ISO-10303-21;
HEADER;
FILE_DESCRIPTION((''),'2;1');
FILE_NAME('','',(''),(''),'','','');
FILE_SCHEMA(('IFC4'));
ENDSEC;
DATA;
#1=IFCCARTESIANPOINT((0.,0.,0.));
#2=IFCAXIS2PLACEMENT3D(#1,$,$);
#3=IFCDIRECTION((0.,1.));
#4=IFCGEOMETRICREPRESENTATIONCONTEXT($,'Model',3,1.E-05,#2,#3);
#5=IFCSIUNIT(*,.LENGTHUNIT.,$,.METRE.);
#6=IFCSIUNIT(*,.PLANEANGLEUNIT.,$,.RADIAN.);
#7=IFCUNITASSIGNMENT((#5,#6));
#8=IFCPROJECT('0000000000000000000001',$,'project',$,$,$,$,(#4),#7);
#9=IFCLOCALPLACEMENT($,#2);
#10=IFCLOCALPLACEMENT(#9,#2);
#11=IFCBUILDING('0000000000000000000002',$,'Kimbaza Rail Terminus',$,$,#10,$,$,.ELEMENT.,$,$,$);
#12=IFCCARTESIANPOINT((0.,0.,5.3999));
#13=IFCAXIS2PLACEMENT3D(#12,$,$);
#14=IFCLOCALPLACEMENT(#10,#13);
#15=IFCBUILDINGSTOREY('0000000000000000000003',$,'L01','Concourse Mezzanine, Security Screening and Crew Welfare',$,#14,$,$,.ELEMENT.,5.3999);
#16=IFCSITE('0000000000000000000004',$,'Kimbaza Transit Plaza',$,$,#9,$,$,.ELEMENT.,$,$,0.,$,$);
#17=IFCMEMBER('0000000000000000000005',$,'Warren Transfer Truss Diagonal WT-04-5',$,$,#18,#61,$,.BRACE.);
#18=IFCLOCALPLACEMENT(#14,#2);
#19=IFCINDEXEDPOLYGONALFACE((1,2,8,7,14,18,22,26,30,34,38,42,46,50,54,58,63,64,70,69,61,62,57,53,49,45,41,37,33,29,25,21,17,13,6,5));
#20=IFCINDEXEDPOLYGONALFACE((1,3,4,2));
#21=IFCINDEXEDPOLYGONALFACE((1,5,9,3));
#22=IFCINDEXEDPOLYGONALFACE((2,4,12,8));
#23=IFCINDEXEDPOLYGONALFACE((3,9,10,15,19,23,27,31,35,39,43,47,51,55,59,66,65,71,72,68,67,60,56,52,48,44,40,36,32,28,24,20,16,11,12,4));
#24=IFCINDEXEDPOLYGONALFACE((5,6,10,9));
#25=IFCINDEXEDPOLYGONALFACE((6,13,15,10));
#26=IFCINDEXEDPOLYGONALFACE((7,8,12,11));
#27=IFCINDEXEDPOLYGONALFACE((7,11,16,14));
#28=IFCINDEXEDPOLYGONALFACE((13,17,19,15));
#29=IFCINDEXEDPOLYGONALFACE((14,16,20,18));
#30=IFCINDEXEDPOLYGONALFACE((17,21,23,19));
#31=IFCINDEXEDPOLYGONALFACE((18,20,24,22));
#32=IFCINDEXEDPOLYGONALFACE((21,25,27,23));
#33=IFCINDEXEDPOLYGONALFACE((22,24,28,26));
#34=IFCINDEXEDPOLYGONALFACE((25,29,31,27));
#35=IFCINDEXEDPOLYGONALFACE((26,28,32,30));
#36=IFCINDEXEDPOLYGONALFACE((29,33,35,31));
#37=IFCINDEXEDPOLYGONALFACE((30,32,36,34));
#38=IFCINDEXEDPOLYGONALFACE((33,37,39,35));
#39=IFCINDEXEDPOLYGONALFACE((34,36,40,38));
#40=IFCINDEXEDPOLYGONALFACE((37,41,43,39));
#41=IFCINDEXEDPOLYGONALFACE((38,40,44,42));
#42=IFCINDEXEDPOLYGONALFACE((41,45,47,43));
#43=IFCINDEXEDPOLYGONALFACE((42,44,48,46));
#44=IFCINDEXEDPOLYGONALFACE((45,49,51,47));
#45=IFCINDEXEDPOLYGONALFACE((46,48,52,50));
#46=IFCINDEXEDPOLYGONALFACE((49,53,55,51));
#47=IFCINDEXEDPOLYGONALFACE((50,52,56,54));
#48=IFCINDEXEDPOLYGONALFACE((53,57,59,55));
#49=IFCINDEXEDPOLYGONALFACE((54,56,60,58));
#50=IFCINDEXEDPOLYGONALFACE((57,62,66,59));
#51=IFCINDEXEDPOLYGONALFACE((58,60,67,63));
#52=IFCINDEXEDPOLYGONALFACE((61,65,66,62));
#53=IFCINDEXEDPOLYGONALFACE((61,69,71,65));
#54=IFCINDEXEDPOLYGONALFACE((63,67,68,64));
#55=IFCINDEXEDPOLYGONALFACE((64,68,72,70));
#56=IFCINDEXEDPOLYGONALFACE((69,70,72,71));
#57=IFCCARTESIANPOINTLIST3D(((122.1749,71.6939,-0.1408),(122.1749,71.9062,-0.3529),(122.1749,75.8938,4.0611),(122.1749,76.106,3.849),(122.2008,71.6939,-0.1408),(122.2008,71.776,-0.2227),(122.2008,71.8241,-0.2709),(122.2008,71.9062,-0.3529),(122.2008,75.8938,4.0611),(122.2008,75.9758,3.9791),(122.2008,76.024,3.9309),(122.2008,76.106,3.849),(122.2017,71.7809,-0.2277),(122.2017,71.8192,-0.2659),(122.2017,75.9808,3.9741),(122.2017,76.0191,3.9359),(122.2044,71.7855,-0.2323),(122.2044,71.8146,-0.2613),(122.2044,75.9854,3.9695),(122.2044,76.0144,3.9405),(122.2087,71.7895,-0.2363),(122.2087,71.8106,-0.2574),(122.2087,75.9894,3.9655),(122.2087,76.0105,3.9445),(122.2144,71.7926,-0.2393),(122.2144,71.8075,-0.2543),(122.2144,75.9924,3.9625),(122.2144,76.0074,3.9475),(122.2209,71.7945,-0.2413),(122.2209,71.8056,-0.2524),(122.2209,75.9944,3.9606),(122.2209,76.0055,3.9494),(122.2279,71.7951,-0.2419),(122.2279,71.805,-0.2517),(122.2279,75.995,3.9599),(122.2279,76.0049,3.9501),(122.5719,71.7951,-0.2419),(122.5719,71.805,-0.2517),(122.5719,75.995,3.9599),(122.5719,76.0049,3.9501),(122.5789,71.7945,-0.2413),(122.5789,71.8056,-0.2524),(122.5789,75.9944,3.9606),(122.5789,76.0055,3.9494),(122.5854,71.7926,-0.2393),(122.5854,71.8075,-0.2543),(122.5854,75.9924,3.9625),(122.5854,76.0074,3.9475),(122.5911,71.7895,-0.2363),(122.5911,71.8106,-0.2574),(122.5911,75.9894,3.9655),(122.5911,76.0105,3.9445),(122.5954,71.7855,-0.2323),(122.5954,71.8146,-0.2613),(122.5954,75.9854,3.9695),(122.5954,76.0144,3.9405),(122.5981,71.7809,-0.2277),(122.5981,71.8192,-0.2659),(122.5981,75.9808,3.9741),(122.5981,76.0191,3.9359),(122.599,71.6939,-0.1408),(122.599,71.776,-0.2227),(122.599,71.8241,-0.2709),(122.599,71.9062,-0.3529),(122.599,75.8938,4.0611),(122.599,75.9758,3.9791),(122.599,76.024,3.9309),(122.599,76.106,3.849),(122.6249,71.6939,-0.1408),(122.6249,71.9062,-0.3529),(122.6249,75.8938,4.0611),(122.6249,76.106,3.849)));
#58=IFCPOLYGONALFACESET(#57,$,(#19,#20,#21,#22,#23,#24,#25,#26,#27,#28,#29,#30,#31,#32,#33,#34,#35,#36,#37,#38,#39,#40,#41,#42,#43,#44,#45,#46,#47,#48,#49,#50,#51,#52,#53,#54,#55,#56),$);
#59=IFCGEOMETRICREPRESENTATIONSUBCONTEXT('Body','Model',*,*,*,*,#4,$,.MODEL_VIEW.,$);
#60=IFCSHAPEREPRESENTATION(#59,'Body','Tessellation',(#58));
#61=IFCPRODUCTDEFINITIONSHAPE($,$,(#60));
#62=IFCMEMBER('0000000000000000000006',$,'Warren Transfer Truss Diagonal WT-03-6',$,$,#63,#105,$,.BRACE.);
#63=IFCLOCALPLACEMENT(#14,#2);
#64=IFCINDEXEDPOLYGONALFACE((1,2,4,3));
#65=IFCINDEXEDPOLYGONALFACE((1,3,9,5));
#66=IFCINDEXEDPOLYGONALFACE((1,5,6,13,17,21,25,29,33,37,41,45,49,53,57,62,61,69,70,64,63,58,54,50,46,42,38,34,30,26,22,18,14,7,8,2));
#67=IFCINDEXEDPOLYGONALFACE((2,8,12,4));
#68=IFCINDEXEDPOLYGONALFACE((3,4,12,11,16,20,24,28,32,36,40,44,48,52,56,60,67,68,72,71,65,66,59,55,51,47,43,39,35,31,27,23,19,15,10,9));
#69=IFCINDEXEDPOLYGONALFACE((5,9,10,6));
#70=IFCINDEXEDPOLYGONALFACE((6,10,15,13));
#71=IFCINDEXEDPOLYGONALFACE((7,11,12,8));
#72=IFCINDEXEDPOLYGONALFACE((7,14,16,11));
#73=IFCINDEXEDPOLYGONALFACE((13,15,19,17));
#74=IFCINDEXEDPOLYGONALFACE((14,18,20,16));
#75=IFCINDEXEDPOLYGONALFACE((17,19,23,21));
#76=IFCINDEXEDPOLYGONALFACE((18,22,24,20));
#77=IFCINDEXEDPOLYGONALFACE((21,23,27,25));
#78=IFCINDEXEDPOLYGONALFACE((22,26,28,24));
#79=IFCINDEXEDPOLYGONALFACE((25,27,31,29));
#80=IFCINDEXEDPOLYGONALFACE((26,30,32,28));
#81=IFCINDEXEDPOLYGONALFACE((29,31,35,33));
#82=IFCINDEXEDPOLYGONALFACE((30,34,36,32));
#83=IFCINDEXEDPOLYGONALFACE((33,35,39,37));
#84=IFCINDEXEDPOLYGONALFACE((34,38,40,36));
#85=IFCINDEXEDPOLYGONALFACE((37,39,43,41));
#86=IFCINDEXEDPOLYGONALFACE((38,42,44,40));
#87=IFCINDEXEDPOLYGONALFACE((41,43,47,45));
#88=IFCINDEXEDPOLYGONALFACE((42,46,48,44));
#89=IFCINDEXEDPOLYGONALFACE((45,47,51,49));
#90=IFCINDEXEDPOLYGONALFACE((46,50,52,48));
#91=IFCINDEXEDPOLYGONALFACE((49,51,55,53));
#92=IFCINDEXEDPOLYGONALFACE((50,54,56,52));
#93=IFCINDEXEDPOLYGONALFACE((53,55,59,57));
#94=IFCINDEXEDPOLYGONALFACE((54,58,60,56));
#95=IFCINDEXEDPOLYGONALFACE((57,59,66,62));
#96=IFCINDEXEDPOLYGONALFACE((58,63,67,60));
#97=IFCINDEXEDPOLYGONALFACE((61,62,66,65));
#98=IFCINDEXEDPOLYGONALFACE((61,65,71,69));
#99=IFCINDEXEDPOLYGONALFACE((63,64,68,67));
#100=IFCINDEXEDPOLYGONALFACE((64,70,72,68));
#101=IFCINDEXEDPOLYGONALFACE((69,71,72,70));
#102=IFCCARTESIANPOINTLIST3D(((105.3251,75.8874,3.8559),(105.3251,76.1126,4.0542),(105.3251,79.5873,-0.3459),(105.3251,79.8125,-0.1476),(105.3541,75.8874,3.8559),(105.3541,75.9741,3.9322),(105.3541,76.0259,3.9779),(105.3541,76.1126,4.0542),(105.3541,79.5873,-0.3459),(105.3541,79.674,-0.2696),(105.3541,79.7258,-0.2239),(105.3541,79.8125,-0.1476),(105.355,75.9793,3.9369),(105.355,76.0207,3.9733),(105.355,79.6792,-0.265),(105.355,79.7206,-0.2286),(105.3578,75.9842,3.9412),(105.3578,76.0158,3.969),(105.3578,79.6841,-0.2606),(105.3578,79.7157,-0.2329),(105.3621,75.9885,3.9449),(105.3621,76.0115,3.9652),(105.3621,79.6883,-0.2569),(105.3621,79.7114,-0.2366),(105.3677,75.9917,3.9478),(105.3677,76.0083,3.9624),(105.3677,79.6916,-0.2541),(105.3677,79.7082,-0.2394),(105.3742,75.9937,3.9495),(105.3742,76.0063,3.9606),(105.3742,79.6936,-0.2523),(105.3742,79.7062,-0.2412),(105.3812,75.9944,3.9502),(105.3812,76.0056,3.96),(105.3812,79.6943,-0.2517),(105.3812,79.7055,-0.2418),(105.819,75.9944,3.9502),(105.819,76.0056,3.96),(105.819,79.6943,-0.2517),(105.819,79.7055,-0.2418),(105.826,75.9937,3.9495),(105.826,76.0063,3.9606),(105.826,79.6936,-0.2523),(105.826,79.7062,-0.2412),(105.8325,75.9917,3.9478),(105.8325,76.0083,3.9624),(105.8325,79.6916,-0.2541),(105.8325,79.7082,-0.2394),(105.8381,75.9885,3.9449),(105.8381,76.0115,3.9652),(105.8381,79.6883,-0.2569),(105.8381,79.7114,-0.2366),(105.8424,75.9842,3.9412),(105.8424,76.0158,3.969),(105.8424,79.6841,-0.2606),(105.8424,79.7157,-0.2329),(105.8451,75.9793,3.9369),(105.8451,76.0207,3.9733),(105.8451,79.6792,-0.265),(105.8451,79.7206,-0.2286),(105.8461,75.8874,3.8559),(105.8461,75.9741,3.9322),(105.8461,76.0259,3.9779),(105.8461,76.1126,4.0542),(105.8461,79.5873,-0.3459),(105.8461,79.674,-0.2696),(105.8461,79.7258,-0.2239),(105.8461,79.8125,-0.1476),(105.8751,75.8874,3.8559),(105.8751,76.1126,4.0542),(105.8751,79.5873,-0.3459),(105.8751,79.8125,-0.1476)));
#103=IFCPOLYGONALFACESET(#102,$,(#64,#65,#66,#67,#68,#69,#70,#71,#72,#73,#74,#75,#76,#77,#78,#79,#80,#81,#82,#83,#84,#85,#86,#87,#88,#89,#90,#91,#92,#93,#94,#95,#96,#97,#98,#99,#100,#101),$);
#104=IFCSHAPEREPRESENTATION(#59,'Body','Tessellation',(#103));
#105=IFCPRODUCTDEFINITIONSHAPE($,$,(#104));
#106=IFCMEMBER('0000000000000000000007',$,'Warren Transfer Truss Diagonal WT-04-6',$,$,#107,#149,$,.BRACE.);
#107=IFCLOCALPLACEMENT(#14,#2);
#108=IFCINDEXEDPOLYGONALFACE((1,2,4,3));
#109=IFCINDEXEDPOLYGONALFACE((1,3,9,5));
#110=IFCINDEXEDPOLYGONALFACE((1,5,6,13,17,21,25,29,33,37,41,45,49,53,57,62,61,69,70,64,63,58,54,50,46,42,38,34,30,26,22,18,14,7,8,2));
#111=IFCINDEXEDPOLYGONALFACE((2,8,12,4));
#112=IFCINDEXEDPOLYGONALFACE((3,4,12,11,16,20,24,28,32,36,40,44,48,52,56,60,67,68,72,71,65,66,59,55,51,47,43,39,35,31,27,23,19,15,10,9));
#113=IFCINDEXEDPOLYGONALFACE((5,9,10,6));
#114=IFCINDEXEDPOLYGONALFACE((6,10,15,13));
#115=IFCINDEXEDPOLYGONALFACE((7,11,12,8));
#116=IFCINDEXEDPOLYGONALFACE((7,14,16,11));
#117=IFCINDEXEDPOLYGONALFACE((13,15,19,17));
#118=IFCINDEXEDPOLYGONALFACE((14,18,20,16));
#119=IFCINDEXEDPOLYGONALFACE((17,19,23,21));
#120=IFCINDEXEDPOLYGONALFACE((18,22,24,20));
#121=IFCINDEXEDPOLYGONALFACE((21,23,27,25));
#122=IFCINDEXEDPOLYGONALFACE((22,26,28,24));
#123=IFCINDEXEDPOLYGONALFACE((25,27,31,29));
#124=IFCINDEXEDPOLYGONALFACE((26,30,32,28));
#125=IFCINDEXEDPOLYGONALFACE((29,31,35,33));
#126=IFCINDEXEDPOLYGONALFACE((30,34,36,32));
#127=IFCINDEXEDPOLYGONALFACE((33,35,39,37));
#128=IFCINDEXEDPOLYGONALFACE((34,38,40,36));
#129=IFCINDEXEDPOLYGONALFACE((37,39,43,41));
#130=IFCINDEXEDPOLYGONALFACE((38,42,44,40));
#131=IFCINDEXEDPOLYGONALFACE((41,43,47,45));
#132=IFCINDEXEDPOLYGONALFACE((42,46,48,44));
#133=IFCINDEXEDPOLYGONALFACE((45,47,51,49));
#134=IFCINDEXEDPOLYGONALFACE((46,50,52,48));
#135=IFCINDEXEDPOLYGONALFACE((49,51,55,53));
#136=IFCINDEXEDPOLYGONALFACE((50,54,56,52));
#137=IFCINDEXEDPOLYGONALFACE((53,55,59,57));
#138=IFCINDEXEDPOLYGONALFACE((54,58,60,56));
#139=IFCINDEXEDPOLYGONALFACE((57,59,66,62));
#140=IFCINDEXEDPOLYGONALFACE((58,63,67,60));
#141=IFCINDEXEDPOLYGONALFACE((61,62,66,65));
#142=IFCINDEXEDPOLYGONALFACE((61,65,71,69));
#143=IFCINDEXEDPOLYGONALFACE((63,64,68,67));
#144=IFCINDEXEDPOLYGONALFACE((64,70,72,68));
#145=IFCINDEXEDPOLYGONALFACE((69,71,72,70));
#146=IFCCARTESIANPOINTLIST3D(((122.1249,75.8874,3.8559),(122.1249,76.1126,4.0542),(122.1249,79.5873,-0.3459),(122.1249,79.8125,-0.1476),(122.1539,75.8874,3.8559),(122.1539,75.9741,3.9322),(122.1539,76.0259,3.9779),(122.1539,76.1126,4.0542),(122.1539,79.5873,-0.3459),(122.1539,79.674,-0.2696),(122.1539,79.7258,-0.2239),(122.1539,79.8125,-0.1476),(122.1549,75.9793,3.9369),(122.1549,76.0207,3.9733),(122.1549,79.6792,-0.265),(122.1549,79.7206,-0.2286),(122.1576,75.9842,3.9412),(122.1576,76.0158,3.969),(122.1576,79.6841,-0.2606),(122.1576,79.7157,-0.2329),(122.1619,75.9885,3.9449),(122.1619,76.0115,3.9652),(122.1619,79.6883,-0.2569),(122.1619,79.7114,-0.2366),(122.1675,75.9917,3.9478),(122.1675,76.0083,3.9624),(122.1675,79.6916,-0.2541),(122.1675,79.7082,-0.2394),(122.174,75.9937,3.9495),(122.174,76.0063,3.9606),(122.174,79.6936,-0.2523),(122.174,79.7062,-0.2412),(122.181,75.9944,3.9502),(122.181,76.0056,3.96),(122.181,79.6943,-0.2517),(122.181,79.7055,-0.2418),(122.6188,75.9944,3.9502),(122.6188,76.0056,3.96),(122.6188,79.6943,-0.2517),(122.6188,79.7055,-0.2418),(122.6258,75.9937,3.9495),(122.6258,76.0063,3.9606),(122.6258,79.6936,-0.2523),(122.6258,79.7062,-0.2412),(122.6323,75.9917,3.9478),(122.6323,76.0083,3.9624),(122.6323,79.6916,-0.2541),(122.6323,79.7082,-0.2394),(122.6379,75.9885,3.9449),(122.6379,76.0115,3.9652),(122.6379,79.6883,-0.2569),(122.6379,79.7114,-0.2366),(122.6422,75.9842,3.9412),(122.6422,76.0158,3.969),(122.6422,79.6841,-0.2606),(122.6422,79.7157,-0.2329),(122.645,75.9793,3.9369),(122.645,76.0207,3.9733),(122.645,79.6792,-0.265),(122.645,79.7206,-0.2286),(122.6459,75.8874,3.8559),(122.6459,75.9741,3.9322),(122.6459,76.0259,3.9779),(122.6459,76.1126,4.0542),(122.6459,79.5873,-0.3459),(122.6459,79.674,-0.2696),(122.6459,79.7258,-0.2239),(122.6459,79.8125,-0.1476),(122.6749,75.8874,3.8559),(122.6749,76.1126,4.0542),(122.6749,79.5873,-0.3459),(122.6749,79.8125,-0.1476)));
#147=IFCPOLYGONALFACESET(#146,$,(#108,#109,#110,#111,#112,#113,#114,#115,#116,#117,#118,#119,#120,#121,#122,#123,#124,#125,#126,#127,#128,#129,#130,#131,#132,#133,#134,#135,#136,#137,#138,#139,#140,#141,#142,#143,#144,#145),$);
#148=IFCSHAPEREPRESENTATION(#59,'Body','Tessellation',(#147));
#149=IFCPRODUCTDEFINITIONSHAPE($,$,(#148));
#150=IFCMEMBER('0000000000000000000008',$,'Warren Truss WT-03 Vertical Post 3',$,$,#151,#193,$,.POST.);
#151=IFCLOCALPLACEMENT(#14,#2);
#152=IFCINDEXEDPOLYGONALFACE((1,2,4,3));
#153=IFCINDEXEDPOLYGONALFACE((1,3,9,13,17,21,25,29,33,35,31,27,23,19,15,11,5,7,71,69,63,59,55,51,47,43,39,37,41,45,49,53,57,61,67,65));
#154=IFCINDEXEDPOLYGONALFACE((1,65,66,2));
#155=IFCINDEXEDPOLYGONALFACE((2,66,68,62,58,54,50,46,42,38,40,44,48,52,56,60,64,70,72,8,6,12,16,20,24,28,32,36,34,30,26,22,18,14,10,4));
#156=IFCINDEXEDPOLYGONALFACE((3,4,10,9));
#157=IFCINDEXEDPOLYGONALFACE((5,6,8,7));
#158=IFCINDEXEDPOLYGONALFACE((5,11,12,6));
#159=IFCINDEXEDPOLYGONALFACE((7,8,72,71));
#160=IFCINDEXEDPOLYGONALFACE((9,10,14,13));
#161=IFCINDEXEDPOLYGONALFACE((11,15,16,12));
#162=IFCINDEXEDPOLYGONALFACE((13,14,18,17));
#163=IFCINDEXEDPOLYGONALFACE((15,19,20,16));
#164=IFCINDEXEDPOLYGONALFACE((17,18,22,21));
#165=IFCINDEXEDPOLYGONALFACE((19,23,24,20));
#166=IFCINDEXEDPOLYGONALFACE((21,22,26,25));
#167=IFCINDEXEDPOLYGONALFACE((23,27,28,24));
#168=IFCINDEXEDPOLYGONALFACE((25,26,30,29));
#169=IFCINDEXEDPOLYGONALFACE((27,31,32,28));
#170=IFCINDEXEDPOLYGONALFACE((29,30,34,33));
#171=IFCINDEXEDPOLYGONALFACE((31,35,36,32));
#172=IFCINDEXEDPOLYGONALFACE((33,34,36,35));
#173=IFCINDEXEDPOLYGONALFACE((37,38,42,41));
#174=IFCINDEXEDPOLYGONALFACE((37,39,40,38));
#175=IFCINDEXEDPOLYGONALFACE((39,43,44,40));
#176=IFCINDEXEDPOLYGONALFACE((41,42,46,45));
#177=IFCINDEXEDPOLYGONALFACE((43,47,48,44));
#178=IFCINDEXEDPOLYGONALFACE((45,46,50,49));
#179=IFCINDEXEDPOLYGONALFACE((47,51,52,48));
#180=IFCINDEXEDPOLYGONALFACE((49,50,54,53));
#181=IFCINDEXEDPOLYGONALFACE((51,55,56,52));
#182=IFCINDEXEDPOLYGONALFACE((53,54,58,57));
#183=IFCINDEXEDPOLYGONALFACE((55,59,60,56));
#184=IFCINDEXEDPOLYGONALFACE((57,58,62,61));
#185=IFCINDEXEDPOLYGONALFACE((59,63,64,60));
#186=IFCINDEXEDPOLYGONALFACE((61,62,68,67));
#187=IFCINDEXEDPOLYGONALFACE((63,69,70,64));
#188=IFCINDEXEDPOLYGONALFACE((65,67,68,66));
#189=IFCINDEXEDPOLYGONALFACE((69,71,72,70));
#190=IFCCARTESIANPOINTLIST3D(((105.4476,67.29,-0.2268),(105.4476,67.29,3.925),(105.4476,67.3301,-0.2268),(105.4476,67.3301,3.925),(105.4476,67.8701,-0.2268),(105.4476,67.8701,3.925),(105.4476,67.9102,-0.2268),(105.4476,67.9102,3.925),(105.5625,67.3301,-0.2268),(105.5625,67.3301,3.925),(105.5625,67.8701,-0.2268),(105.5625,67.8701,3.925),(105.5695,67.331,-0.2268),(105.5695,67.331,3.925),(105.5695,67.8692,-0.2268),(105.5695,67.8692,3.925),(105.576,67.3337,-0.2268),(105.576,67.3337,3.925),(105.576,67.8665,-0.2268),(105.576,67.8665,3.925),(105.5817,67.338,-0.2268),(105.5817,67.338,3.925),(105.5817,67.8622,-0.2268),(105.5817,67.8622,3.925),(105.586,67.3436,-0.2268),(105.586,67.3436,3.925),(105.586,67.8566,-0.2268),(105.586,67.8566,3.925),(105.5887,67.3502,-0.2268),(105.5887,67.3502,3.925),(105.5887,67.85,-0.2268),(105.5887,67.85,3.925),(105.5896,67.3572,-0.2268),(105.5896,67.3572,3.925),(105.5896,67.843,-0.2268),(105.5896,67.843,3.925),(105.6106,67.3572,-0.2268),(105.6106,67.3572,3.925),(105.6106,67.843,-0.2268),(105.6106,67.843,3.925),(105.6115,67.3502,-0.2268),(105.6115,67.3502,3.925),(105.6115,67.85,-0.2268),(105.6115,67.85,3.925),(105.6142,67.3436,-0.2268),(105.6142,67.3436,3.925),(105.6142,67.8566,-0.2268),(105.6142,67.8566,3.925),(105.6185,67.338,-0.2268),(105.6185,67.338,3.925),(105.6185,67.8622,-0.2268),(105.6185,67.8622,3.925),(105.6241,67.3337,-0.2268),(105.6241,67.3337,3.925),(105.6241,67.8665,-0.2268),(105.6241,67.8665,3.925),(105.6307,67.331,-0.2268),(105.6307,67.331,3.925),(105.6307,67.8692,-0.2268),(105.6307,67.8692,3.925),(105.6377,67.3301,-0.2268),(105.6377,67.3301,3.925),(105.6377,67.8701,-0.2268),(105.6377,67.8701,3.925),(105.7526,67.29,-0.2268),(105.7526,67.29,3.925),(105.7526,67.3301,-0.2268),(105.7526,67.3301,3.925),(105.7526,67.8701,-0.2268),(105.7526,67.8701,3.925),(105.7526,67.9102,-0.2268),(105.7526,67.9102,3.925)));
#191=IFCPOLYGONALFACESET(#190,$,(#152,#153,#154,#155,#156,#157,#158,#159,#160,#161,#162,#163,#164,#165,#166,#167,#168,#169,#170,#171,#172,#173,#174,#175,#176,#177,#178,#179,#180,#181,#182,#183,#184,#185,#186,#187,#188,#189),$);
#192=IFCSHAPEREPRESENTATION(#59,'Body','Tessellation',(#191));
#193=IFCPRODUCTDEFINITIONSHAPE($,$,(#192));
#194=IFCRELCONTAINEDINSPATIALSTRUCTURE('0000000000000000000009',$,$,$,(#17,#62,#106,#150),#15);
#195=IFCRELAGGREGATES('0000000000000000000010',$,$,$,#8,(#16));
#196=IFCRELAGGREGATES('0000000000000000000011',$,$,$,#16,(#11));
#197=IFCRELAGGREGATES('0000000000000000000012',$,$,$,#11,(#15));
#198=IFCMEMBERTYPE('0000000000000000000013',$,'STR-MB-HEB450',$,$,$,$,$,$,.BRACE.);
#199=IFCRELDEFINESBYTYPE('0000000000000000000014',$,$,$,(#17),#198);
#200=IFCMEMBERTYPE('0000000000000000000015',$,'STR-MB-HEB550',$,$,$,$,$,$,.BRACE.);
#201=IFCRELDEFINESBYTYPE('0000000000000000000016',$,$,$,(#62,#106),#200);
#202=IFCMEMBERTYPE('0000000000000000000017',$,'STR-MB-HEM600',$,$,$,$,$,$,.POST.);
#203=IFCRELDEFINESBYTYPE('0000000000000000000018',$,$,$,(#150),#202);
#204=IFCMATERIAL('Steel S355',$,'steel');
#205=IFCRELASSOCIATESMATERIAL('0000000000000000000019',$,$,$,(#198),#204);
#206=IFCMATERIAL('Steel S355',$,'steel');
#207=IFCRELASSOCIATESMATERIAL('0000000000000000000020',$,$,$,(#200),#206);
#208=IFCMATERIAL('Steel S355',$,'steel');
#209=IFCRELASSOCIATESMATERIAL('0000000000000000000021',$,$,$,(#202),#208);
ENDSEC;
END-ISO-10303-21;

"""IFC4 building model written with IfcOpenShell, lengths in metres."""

from ifc_helpers import new_model, si_unit, direction, frame, origin, origin_2d, place, context, subcontext, project, spatial, i_section, extrude, material, material_profile, profile_set, type_object, element, save


model = new_model("IFC4")

# Units and contexts
model_context = context("Model", 3, precision=1e-05, world=origin(), true_north=direction((0.0, 1.0)))
body_context = subcontext(model_context, "Body", "Model", "MODEL_VIEW")
ifc_project = project(units=[si_unit("LENGTHUNIT", "METRE"), si_unit("PLANEANGLEUNIT", "RADIAN")], contexts=[model_context])

# Site, building, storey
site_placement = place(None, origin())
site = spatial("IfcSite", under=ifc_project, at=site_placement, Name="Kimbaza Transit Plaza", CompositionType="ELEMENT", RefElevation=0.0)
building_placement = place(site_placement, origin())
building = spatial("IfcBuilding", under=site, at=building_placement, Name="Kimbaza Rail Terminus", CompositionType="ELEMENT")
storey_placement = place(building_placement, frame((0.0, 0.0, 5.3999)))
storey = spatial("IfcBuildingStorey", under=building, at=storey_placement, Name="L01", Description="Concourse Mezzanine, Security Screening and Crew Welfare", CompositionType="ELEMENT", Elevation=5.3999)

# Members
ifc_material_1 = material(Name="Steel S355", Category="steel")
ifc_material_profile_1 = material_profile(ifc_material_1, i_section(OverallWidth=0.3, OverallDepth=0.45, WebThickness=0.0139, FlangeThickness=0.0259, FilletRadius=0.0271, at=origin_2d()), Name="HEB 450")
ifc_profile_set_1 = profile_set([ifc_material_profile_1], Name="Steel S355")
member_type_1 = type_object("IfcMemberType", Name="STR-MB-HEB450", PredefinedType="BRACE", material=ifc_profile_set_1)
for number, where, z_axis, x_axis, name in (
    (1, (122.3999, 71.8, -0.2468), (0.0, 0.706942, 0.707271), (0.0, -0.707271, 0.706942), "Warren Transfer Truss Diagonal WT-04-5"),
):
    element("IfcMember", number, at=place(storey_placement, frame(where, z_axis=z_axis, x_axis=x_axis)), inside=storey, type_object=member_type_1, Name=name, PredefinedType="BRACE", context=body_context, shape_type="SweptSolid", body=[
        extrude(i_section(OverallWidth=0.3, OverallDepth=0.45, WebThickness=0.0139, FlangeThickness=0.0259, FilletRadius=0.0271, at=origin_2d()), origin(), (0.0, 0.0, 1.0), 5.9409),
    ])
ifc_material_2 = material(Name="Steel S355", Category="steel")
ifc_material_profile_2 = material_profile(ifc_material_2, i_section(OverallWidth=0.3, OverallDepth=0.55, WebThickness=0.0149, FlangeThickness=0.0291, FilletRadius=0.0271, at=origin_2d()), Name="HEB 550")
ifc_profile_set_2 = profile_set([ifc_material_profile_2], Name="Steel S355")
member_type_2 = type_object("IfcMemberType", Name="STR-MB-HEB550", PredefinedType="BRACE", material=ifc_profile_set_2)
for number, where, z_axis, x_axis, name in (
    (2, (105.6001, 76.0, 3.9551), (0.0, 0.660857, -0.750512), (0.0, 0.750512, 0.660857), "Warren Transfer Truss Diagonal WT-03-6"),
    (3, (122.3999, 76.0, 3.9551), (0.0, 0.660857, -0.750512), (0.0, 0.750512, 0.660857), "Warren Transfer Truss Diagonal WT-04-6"),
):
    element("IfcMember", number, at=place(storey_placement, frame(where, z_axis=z_axis, x_axis=x_axis)), inside=storey, type_object=member_type_2, Name=name, PredefinedType="BRACE", context=body_context, shape_type="SweptSolid", body=[
        extrude(i_section(OverallWidth=0.3, OverallDepth=0.55, WebThickness=0.0149, FlangeThickness=0.0291, FilletRadius=0.0271, at=origin_2d()), origin(), (0.0, 0.0, 1.0), 5.5986),
    ])
ifc_material_3 = material(Name="Steel S355", Category="steel")
ifc_material_profile_3 = material_profile(ifc_material_3, i_section(OverallWidth=0.3049, OverallDepth=0.6201, WebThickness=0.021, FlangeThickness=0.04, FilletRadius=0.0271, at=origin_2d()), Name="HEM 600")
ifc_profile_set_3 = profile_set([ifc_material_profile_3], Name="Steel S355")
member_type_3 = type_object("IfcMemberType", Name="STR-MB-HEM600", PredefinedType="POST", material=ifc_profile_set_3)
for number, where, z_axis, x_axis, name in (
    (4, (105.6001, 67.6001, -0.2268), (0.0, 0.0, 1.0), (1.0, 0.0, 0.0), "Warren Truss WT-03 Vertical Post 3"),
):
    element("IfcMember", number, at=place(storey_placement, frame(where, z_axis=z_axis, x_axis=x_axis)), inside=storey, type_object=member_type_3, Name=name, PredefinedType="POST", context=body_context, shape_type="SweptSolid", body=[
        extrude(i_section(OverallWidth=0.3049, OverallDepth=0.6201, WebThickness=0.021, FlangeThickness=0.04, FilletRadius=0.0271, at=origin_2d()), origin(), (0.0, 0.0, 1.0), 4.1519),
    ])

save(model, "model.ifc")
